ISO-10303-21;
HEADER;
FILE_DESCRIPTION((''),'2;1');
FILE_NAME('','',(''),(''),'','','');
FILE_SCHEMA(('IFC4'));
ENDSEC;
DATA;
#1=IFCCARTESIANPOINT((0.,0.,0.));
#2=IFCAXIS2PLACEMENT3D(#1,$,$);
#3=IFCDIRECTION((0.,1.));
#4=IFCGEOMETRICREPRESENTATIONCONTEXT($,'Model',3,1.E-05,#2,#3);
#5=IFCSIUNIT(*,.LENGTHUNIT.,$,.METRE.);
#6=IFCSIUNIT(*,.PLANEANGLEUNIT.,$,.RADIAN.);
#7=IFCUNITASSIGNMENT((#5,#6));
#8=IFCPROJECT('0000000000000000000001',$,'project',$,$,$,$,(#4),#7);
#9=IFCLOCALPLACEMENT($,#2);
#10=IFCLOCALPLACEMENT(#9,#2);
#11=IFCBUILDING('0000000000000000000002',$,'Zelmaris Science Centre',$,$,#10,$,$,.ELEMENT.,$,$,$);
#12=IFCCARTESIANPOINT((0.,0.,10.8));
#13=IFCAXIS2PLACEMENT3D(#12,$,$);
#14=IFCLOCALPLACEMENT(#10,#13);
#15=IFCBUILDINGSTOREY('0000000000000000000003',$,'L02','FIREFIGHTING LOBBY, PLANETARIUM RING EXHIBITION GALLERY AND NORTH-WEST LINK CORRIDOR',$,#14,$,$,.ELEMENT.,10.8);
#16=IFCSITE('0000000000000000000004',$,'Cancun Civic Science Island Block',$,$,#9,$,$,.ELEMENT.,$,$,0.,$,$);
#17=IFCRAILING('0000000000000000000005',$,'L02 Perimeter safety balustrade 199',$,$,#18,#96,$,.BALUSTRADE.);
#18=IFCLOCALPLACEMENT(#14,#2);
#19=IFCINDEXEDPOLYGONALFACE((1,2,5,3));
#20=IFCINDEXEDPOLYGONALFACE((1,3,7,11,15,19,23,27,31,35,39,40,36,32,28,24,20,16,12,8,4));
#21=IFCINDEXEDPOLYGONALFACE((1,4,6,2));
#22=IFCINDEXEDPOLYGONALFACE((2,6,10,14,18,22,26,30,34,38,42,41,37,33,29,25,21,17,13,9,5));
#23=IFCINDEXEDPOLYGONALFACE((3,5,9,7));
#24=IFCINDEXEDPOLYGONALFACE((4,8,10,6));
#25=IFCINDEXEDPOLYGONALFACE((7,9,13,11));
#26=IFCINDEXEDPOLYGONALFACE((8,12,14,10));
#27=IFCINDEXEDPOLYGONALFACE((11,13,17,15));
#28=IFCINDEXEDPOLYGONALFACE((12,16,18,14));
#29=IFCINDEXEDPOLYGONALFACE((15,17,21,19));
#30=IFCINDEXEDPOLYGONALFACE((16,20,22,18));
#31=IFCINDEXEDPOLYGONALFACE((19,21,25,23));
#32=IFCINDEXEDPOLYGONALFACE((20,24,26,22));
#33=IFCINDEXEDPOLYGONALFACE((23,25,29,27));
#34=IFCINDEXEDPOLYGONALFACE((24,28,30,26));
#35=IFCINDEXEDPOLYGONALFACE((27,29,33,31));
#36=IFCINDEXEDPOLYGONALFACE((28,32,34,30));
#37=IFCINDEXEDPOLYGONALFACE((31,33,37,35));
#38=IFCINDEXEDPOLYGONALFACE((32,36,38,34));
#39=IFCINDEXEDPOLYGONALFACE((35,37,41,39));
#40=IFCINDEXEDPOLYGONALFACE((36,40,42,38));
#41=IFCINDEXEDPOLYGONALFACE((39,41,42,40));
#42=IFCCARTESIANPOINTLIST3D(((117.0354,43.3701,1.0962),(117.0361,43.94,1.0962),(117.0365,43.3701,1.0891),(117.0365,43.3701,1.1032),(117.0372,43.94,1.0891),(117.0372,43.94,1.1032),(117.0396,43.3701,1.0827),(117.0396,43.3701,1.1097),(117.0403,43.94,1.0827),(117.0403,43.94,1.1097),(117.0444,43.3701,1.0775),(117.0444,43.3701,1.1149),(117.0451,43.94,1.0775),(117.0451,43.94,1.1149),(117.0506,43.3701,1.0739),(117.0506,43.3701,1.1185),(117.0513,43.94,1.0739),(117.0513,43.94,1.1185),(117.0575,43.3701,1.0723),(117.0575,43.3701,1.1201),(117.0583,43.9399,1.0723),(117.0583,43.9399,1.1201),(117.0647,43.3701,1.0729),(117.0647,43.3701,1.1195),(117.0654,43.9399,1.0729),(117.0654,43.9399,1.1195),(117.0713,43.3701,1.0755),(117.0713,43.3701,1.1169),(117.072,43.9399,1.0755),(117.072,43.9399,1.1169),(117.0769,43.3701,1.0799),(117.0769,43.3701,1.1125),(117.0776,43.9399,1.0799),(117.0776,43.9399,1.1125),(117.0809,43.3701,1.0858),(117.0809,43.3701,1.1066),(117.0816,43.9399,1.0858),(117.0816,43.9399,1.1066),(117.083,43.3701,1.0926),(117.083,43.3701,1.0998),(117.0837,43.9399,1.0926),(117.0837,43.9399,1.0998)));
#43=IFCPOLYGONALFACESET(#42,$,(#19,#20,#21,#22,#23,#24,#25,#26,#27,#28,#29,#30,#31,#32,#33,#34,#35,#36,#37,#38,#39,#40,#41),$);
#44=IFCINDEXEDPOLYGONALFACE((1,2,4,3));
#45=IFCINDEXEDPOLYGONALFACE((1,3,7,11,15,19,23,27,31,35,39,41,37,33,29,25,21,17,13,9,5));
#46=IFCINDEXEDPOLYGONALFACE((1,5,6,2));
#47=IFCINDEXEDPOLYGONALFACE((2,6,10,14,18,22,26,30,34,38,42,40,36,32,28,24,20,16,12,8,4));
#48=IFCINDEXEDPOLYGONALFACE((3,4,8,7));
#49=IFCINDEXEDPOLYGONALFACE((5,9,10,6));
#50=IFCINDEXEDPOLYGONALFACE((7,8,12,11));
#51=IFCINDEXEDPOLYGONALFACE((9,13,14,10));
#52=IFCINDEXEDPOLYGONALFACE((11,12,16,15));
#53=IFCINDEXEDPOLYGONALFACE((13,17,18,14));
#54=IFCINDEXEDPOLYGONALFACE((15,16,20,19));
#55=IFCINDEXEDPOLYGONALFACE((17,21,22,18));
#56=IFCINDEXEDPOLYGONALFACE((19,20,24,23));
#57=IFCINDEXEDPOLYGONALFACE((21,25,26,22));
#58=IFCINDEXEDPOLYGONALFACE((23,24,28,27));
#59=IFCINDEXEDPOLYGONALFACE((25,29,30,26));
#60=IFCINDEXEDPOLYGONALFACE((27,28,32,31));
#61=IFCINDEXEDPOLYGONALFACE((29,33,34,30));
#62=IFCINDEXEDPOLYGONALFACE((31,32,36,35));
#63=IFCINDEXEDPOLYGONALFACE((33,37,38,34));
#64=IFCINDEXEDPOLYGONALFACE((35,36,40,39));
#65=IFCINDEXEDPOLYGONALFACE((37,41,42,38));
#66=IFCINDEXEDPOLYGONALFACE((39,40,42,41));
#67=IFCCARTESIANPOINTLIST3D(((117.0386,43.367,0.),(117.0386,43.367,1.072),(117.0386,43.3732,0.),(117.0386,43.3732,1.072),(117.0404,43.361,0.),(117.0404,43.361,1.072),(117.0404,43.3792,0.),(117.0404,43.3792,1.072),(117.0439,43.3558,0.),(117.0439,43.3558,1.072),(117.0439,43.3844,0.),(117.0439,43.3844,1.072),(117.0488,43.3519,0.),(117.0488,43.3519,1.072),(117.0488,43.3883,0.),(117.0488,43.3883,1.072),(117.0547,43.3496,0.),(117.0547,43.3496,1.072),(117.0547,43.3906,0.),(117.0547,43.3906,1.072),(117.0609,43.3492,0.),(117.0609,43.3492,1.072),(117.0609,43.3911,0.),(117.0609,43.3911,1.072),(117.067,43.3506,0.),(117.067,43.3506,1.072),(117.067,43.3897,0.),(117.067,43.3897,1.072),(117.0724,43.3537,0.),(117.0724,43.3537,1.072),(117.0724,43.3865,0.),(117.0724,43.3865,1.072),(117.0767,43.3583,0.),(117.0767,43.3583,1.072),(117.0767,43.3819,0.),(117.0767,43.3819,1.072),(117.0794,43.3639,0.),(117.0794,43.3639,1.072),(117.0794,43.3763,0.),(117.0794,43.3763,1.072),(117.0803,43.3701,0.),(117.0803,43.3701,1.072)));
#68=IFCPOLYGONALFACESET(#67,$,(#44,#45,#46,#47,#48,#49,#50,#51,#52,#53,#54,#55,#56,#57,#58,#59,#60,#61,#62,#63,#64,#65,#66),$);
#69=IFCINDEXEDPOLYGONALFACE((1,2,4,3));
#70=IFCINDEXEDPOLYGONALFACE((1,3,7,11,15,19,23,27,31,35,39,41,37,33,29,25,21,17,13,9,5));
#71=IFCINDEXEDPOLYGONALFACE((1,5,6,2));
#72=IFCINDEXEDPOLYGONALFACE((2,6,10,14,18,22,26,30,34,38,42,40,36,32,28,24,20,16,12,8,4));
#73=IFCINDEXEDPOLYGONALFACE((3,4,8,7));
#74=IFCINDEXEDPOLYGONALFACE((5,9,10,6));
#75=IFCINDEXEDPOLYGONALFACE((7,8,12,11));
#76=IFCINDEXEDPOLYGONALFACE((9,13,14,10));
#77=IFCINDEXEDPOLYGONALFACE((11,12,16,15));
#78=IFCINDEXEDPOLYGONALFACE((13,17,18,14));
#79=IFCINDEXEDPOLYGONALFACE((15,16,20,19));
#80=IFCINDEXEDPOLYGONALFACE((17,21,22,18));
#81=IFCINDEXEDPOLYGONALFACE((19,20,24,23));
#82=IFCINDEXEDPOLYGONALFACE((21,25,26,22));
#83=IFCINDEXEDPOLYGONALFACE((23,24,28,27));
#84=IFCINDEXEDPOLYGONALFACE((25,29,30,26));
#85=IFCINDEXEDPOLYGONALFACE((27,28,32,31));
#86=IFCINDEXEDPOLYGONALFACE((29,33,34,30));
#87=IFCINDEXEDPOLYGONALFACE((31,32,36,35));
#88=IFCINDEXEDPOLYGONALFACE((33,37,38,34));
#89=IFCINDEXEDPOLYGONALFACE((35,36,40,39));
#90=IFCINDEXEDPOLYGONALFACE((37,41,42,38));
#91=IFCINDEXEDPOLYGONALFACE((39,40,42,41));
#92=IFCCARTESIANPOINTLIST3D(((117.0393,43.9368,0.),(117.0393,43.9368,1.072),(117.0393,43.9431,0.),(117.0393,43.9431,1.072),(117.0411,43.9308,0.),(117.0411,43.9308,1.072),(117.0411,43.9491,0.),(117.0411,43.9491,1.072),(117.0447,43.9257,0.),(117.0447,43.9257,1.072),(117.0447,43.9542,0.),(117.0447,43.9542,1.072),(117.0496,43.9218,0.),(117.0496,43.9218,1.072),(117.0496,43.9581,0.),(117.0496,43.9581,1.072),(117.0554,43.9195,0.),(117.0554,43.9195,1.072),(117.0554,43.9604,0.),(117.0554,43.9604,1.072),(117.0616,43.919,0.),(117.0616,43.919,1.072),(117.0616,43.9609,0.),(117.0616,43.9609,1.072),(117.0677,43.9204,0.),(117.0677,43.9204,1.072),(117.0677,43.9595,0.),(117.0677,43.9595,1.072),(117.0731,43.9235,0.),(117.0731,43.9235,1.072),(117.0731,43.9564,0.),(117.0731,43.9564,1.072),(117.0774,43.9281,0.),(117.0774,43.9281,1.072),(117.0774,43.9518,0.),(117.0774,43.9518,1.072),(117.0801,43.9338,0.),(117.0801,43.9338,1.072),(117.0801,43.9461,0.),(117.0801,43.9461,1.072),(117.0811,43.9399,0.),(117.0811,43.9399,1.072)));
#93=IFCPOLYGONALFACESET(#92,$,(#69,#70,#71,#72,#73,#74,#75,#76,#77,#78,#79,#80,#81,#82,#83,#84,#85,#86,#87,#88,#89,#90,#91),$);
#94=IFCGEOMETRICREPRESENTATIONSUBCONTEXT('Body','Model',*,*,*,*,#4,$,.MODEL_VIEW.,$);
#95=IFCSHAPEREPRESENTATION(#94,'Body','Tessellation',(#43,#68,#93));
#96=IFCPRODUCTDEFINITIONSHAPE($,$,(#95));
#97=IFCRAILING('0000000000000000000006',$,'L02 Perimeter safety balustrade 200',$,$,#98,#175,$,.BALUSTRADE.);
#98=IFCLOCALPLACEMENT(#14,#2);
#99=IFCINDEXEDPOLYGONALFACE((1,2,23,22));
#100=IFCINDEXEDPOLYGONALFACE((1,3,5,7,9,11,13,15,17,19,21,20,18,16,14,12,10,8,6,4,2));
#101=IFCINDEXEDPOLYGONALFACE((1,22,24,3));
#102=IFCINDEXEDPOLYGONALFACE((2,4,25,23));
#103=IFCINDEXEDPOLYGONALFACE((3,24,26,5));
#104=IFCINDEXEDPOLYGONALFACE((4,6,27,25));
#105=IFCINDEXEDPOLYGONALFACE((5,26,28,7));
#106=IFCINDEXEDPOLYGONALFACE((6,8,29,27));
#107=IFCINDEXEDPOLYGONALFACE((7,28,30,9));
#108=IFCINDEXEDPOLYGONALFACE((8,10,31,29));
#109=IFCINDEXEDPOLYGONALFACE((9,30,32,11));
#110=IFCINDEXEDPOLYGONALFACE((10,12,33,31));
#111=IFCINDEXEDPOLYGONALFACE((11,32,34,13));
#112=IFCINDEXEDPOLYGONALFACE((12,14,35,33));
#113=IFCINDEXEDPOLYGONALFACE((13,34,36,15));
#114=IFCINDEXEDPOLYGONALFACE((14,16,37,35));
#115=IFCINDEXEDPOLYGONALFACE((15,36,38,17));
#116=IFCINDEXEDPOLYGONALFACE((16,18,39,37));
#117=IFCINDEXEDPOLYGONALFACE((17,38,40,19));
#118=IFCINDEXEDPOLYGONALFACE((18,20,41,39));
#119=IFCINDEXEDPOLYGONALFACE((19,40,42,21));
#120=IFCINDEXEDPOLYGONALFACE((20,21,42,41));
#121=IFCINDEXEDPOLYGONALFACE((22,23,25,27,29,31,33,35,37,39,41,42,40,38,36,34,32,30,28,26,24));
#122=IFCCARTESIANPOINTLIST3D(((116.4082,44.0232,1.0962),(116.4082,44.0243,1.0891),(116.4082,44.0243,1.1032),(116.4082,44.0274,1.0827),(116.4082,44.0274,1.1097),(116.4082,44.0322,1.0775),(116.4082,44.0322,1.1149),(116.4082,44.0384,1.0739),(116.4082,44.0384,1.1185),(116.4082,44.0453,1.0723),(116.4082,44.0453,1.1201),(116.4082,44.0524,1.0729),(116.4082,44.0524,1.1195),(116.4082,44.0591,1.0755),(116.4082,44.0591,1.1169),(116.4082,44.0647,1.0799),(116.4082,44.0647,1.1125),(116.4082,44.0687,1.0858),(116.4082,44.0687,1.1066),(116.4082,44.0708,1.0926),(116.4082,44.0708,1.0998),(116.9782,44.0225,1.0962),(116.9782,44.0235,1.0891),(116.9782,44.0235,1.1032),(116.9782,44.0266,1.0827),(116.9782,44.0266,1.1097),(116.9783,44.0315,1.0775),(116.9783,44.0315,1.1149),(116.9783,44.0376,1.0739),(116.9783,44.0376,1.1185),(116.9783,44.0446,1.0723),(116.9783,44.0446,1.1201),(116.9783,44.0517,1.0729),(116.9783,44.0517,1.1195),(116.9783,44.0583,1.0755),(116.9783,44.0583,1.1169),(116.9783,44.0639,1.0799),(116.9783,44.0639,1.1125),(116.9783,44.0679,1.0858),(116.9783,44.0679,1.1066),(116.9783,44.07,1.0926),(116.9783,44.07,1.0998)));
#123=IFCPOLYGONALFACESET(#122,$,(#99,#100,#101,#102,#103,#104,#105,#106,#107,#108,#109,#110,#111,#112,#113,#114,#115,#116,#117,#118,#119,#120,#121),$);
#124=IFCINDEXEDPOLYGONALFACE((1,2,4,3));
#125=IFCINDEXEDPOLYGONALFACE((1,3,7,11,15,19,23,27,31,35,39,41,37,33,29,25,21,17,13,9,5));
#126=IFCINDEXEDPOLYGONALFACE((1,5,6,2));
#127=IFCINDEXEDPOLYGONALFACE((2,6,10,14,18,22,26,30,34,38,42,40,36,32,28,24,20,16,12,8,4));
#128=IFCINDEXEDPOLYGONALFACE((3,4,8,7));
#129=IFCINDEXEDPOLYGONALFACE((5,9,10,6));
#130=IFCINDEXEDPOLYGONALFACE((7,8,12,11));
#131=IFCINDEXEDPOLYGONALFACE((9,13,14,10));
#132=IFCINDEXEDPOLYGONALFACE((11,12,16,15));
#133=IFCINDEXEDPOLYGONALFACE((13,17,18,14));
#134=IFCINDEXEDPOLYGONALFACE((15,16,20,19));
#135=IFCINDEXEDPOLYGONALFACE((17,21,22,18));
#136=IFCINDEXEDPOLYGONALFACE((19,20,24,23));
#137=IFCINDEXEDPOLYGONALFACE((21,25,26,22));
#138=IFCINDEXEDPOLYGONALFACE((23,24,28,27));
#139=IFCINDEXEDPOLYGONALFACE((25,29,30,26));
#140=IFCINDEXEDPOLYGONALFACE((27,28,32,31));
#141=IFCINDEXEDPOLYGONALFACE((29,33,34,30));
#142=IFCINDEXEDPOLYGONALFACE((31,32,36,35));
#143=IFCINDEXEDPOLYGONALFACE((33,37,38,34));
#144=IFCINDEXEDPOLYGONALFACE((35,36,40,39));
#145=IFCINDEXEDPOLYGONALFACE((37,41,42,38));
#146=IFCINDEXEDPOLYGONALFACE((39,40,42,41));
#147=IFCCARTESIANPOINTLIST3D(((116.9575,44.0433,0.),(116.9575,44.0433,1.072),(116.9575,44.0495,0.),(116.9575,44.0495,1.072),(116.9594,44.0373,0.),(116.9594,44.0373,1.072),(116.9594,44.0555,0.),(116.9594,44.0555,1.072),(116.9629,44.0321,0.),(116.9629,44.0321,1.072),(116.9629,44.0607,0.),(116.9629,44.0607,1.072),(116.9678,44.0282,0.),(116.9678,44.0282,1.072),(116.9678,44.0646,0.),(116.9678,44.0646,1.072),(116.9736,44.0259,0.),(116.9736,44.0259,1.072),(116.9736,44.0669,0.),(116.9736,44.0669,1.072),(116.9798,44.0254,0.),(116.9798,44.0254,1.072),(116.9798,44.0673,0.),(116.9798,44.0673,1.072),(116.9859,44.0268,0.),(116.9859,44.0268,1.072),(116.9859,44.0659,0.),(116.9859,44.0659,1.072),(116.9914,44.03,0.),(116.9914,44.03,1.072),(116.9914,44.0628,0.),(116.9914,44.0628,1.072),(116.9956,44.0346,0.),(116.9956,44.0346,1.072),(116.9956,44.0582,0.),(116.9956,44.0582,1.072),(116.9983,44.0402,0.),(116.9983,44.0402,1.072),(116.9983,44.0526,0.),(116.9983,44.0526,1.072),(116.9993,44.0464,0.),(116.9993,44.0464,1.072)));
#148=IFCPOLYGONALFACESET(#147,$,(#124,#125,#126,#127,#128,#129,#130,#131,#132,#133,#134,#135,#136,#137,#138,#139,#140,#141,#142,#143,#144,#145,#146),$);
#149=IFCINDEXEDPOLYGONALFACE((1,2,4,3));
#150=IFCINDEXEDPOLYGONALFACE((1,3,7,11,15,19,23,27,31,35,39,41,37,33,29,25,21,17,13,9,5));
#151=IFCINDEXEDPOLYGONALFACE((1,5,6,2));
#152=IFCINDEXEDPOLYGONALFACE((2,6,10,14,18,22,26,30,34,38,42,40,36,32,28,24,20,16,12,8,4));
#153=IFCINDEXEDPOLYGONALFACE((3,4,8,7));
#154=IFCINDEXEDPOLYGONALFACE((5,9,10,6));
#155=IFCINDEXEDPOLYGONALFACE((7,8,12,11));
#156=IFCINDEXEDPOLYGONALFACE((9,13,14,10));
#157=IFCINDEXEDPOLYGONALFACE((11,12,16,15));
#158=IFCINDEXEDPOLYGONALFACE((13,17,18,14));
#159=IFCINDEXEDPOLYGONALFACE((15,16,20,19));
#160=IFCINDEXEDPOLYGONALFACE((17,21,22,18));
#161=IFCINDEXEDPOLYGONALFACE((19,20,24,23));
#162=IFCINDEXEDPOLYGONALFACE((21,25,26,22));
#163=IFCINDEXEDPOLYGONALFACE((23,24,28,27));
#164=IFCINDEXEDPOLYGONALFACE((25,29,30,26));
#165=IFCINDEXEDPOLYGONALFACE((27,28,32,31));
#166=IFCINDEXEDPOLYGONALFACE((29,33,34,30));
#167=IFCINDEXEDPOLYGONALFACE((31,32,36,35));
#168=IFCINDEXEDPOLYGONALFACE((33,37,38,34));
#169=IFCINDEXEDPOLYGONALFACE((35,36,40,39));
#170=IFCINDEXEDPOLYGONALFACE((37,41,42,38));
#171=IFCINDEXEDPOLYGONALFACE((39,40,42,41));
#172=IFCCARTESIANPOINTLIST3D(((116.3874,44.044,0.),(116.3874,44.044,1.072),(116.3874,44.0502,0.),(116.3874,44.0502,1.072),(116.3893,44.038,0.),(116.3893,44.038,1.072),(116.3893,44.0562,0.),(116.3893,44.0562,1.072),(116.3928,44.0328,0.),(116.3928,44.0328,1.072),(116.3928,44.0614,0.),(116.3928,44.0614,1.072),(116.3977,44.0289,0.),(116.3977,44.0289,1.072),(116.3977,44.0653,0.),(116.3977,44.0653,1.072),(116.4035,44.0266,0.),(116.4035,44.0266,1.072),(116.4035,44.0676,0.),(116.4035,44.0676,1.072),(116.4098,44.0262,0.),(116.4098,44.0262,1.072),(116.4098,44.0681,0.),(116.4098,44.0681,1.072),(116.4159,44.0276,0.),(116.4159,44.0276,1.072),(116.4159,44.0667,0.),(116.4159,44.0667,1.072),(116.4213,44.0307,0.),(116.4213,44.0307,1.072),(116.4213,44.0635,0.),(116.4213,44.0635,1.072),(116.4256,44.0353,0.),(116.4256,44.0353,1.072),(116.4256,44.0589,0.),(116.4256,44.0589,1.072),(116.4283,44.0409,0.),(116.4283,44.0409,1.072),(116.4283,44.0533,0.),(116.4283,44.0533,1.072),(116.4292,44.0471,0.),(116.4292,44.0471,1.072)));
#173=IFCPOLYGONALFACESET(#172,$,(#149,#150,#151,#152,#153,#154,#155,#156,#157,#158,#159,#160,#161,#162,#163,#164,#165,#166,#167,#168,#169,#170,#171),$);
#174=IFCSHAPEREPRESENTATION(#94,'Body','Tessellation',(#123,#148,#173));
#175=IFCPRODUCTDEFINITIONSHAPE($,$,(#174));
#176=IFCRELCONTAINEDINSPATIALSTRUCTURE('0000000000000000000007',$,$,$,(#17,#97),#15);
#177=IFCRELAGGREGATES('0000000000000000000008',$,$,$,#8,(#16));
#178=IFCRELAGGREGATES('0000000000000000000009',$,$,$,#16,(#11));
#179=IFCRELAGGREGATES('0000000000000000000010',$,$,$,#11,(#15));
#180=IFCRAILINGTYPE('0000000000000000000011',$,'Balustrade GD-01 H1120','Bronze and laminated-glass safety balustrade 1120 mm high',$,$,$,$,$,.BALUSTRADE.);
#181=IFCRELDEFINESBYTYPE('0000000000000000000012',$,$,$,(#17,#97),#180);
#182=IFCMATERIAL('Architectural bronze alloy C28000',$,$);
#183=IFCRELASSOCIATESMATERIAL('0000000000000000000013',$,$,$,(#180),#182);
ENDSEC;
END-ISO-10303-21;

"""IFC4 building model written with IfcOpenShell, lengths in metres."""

from ifc_helpers import new_model, si_unit, direction, frame, origin, origin_2d, place, context, subcontext, project, spatial, circle, extrude, material, type_object, element, save


model = new_model("IFC4")

# Units and contexts
model_context = context("Model", 3, precision=1e-05, world=origin(), true_north=direction((0.0, 1.0)))
body_context = subcontext(model_context, "Body", "Model", "MODEL_VIEW")
ifc_project = project(units=[si_unit("LENGTHUNIT", "METRE"), si_unit("PLANEANGLEUNIT", "RADIAN")], contexts=[model_context])

# Site, building, storey
site_placement = place(None, origin())
site = spatial("IfcSite", under=ifc_project, at=site_placement, Name="Cancun Civic Science Island Block", CompositionType="ELEMENT", RefElevation=0.0)
building_placement = place(site_placement, origin())
building = spatial("IfcBuilding", under=site, at=building_placement, Name="Zelmaris Science Centre", CompositionType="ELEMENT")
storey_placement = place(building_placement, frame((0.0, 0.0, 10.8)))
storey = spatial("IfcBuildingStorey", under=building, at=storey_placement, Name="L02", Description="FIREFIGHTING LOBBY, PLANETARIUM RING EXHIBITION GALLERY AND NORTH-WEST LINK CORRIDOR", CompositionType="ELEMENT", Elevation=10.8)

# Railings
ifc_material_1 = material(Name="Architectural bronze alloy C28000")
railing_type = type_object("IfcRailingType", Name="Balustrade GD-01 H1120", Description="Bronze and laminated-glass safety balustrade 1120 mm high", PredefinedType="BALUSTRADE", material=ifc_material_1)
railing_1_placement = place(storey_placement, frame((117.0593, 43.3701, 0.0)))
element("IfcRailing", 1, at=railing_1_placement, inside=storey, type_object=railing_type, Name="L02 Perimeter safety balustrade 199", PredefinedType="BALUSTRADE", context=body_context, shape_type="SweptSolid", body=[
    extrude(circle(Radius=0.0239, at=origin_2d()), frame((0.0, 0.0, 1.0962), z_axis=(0.001285, 0.999999, 0.0), x_axis=(-0.999999, 0.001285, 0.0)), (0.0, 0.0, 1.0), 0.5698),
    extrude(circle(Radius=0.021, at=origin_2d()), origin(), (0.0, 0.0, 1.0), 1.072),
    extrude(circle(Radius=0.021, at=origin_2d()), frame((0.0007, 0.5698, 0.0)), (0.0, 0.0, 1.0), 1.072),
])
railing_2_placement = place(storey_placement, frame((116.9783, 44.0464, 0.0)))
element("IfcRailing", 2, at=railing_2_placement, inside=storey, type_object=railing_type, Name="L02 Perimeter safety balustrade 200", PredefinedType="BALUSTRADE", context=body_context, shape_type="SweptSolid", body=[
    extrude(circle(Radius=0.0239, at=origin_2d()), frame((0.0, 0.0, 1.0962), z_axis=(-0.999999, 0.001285, 0.0), x_axis=(-0.001285, -0.999999, 0.0)), (0.0, 0.0, 1.0), 0.5701),
    extrude(circle(Radius=0.021, at=origin_2d()), origin(), (0.0, 0.0, 1.0), 1.072),
    extrude(circle(Radius=0.021, at=origin_2d()), frame((-0.5701, 0.0007, 0.0)), (0.0, 0.0, 1.0), 1.072),
])

save(model, "model.ifc")
